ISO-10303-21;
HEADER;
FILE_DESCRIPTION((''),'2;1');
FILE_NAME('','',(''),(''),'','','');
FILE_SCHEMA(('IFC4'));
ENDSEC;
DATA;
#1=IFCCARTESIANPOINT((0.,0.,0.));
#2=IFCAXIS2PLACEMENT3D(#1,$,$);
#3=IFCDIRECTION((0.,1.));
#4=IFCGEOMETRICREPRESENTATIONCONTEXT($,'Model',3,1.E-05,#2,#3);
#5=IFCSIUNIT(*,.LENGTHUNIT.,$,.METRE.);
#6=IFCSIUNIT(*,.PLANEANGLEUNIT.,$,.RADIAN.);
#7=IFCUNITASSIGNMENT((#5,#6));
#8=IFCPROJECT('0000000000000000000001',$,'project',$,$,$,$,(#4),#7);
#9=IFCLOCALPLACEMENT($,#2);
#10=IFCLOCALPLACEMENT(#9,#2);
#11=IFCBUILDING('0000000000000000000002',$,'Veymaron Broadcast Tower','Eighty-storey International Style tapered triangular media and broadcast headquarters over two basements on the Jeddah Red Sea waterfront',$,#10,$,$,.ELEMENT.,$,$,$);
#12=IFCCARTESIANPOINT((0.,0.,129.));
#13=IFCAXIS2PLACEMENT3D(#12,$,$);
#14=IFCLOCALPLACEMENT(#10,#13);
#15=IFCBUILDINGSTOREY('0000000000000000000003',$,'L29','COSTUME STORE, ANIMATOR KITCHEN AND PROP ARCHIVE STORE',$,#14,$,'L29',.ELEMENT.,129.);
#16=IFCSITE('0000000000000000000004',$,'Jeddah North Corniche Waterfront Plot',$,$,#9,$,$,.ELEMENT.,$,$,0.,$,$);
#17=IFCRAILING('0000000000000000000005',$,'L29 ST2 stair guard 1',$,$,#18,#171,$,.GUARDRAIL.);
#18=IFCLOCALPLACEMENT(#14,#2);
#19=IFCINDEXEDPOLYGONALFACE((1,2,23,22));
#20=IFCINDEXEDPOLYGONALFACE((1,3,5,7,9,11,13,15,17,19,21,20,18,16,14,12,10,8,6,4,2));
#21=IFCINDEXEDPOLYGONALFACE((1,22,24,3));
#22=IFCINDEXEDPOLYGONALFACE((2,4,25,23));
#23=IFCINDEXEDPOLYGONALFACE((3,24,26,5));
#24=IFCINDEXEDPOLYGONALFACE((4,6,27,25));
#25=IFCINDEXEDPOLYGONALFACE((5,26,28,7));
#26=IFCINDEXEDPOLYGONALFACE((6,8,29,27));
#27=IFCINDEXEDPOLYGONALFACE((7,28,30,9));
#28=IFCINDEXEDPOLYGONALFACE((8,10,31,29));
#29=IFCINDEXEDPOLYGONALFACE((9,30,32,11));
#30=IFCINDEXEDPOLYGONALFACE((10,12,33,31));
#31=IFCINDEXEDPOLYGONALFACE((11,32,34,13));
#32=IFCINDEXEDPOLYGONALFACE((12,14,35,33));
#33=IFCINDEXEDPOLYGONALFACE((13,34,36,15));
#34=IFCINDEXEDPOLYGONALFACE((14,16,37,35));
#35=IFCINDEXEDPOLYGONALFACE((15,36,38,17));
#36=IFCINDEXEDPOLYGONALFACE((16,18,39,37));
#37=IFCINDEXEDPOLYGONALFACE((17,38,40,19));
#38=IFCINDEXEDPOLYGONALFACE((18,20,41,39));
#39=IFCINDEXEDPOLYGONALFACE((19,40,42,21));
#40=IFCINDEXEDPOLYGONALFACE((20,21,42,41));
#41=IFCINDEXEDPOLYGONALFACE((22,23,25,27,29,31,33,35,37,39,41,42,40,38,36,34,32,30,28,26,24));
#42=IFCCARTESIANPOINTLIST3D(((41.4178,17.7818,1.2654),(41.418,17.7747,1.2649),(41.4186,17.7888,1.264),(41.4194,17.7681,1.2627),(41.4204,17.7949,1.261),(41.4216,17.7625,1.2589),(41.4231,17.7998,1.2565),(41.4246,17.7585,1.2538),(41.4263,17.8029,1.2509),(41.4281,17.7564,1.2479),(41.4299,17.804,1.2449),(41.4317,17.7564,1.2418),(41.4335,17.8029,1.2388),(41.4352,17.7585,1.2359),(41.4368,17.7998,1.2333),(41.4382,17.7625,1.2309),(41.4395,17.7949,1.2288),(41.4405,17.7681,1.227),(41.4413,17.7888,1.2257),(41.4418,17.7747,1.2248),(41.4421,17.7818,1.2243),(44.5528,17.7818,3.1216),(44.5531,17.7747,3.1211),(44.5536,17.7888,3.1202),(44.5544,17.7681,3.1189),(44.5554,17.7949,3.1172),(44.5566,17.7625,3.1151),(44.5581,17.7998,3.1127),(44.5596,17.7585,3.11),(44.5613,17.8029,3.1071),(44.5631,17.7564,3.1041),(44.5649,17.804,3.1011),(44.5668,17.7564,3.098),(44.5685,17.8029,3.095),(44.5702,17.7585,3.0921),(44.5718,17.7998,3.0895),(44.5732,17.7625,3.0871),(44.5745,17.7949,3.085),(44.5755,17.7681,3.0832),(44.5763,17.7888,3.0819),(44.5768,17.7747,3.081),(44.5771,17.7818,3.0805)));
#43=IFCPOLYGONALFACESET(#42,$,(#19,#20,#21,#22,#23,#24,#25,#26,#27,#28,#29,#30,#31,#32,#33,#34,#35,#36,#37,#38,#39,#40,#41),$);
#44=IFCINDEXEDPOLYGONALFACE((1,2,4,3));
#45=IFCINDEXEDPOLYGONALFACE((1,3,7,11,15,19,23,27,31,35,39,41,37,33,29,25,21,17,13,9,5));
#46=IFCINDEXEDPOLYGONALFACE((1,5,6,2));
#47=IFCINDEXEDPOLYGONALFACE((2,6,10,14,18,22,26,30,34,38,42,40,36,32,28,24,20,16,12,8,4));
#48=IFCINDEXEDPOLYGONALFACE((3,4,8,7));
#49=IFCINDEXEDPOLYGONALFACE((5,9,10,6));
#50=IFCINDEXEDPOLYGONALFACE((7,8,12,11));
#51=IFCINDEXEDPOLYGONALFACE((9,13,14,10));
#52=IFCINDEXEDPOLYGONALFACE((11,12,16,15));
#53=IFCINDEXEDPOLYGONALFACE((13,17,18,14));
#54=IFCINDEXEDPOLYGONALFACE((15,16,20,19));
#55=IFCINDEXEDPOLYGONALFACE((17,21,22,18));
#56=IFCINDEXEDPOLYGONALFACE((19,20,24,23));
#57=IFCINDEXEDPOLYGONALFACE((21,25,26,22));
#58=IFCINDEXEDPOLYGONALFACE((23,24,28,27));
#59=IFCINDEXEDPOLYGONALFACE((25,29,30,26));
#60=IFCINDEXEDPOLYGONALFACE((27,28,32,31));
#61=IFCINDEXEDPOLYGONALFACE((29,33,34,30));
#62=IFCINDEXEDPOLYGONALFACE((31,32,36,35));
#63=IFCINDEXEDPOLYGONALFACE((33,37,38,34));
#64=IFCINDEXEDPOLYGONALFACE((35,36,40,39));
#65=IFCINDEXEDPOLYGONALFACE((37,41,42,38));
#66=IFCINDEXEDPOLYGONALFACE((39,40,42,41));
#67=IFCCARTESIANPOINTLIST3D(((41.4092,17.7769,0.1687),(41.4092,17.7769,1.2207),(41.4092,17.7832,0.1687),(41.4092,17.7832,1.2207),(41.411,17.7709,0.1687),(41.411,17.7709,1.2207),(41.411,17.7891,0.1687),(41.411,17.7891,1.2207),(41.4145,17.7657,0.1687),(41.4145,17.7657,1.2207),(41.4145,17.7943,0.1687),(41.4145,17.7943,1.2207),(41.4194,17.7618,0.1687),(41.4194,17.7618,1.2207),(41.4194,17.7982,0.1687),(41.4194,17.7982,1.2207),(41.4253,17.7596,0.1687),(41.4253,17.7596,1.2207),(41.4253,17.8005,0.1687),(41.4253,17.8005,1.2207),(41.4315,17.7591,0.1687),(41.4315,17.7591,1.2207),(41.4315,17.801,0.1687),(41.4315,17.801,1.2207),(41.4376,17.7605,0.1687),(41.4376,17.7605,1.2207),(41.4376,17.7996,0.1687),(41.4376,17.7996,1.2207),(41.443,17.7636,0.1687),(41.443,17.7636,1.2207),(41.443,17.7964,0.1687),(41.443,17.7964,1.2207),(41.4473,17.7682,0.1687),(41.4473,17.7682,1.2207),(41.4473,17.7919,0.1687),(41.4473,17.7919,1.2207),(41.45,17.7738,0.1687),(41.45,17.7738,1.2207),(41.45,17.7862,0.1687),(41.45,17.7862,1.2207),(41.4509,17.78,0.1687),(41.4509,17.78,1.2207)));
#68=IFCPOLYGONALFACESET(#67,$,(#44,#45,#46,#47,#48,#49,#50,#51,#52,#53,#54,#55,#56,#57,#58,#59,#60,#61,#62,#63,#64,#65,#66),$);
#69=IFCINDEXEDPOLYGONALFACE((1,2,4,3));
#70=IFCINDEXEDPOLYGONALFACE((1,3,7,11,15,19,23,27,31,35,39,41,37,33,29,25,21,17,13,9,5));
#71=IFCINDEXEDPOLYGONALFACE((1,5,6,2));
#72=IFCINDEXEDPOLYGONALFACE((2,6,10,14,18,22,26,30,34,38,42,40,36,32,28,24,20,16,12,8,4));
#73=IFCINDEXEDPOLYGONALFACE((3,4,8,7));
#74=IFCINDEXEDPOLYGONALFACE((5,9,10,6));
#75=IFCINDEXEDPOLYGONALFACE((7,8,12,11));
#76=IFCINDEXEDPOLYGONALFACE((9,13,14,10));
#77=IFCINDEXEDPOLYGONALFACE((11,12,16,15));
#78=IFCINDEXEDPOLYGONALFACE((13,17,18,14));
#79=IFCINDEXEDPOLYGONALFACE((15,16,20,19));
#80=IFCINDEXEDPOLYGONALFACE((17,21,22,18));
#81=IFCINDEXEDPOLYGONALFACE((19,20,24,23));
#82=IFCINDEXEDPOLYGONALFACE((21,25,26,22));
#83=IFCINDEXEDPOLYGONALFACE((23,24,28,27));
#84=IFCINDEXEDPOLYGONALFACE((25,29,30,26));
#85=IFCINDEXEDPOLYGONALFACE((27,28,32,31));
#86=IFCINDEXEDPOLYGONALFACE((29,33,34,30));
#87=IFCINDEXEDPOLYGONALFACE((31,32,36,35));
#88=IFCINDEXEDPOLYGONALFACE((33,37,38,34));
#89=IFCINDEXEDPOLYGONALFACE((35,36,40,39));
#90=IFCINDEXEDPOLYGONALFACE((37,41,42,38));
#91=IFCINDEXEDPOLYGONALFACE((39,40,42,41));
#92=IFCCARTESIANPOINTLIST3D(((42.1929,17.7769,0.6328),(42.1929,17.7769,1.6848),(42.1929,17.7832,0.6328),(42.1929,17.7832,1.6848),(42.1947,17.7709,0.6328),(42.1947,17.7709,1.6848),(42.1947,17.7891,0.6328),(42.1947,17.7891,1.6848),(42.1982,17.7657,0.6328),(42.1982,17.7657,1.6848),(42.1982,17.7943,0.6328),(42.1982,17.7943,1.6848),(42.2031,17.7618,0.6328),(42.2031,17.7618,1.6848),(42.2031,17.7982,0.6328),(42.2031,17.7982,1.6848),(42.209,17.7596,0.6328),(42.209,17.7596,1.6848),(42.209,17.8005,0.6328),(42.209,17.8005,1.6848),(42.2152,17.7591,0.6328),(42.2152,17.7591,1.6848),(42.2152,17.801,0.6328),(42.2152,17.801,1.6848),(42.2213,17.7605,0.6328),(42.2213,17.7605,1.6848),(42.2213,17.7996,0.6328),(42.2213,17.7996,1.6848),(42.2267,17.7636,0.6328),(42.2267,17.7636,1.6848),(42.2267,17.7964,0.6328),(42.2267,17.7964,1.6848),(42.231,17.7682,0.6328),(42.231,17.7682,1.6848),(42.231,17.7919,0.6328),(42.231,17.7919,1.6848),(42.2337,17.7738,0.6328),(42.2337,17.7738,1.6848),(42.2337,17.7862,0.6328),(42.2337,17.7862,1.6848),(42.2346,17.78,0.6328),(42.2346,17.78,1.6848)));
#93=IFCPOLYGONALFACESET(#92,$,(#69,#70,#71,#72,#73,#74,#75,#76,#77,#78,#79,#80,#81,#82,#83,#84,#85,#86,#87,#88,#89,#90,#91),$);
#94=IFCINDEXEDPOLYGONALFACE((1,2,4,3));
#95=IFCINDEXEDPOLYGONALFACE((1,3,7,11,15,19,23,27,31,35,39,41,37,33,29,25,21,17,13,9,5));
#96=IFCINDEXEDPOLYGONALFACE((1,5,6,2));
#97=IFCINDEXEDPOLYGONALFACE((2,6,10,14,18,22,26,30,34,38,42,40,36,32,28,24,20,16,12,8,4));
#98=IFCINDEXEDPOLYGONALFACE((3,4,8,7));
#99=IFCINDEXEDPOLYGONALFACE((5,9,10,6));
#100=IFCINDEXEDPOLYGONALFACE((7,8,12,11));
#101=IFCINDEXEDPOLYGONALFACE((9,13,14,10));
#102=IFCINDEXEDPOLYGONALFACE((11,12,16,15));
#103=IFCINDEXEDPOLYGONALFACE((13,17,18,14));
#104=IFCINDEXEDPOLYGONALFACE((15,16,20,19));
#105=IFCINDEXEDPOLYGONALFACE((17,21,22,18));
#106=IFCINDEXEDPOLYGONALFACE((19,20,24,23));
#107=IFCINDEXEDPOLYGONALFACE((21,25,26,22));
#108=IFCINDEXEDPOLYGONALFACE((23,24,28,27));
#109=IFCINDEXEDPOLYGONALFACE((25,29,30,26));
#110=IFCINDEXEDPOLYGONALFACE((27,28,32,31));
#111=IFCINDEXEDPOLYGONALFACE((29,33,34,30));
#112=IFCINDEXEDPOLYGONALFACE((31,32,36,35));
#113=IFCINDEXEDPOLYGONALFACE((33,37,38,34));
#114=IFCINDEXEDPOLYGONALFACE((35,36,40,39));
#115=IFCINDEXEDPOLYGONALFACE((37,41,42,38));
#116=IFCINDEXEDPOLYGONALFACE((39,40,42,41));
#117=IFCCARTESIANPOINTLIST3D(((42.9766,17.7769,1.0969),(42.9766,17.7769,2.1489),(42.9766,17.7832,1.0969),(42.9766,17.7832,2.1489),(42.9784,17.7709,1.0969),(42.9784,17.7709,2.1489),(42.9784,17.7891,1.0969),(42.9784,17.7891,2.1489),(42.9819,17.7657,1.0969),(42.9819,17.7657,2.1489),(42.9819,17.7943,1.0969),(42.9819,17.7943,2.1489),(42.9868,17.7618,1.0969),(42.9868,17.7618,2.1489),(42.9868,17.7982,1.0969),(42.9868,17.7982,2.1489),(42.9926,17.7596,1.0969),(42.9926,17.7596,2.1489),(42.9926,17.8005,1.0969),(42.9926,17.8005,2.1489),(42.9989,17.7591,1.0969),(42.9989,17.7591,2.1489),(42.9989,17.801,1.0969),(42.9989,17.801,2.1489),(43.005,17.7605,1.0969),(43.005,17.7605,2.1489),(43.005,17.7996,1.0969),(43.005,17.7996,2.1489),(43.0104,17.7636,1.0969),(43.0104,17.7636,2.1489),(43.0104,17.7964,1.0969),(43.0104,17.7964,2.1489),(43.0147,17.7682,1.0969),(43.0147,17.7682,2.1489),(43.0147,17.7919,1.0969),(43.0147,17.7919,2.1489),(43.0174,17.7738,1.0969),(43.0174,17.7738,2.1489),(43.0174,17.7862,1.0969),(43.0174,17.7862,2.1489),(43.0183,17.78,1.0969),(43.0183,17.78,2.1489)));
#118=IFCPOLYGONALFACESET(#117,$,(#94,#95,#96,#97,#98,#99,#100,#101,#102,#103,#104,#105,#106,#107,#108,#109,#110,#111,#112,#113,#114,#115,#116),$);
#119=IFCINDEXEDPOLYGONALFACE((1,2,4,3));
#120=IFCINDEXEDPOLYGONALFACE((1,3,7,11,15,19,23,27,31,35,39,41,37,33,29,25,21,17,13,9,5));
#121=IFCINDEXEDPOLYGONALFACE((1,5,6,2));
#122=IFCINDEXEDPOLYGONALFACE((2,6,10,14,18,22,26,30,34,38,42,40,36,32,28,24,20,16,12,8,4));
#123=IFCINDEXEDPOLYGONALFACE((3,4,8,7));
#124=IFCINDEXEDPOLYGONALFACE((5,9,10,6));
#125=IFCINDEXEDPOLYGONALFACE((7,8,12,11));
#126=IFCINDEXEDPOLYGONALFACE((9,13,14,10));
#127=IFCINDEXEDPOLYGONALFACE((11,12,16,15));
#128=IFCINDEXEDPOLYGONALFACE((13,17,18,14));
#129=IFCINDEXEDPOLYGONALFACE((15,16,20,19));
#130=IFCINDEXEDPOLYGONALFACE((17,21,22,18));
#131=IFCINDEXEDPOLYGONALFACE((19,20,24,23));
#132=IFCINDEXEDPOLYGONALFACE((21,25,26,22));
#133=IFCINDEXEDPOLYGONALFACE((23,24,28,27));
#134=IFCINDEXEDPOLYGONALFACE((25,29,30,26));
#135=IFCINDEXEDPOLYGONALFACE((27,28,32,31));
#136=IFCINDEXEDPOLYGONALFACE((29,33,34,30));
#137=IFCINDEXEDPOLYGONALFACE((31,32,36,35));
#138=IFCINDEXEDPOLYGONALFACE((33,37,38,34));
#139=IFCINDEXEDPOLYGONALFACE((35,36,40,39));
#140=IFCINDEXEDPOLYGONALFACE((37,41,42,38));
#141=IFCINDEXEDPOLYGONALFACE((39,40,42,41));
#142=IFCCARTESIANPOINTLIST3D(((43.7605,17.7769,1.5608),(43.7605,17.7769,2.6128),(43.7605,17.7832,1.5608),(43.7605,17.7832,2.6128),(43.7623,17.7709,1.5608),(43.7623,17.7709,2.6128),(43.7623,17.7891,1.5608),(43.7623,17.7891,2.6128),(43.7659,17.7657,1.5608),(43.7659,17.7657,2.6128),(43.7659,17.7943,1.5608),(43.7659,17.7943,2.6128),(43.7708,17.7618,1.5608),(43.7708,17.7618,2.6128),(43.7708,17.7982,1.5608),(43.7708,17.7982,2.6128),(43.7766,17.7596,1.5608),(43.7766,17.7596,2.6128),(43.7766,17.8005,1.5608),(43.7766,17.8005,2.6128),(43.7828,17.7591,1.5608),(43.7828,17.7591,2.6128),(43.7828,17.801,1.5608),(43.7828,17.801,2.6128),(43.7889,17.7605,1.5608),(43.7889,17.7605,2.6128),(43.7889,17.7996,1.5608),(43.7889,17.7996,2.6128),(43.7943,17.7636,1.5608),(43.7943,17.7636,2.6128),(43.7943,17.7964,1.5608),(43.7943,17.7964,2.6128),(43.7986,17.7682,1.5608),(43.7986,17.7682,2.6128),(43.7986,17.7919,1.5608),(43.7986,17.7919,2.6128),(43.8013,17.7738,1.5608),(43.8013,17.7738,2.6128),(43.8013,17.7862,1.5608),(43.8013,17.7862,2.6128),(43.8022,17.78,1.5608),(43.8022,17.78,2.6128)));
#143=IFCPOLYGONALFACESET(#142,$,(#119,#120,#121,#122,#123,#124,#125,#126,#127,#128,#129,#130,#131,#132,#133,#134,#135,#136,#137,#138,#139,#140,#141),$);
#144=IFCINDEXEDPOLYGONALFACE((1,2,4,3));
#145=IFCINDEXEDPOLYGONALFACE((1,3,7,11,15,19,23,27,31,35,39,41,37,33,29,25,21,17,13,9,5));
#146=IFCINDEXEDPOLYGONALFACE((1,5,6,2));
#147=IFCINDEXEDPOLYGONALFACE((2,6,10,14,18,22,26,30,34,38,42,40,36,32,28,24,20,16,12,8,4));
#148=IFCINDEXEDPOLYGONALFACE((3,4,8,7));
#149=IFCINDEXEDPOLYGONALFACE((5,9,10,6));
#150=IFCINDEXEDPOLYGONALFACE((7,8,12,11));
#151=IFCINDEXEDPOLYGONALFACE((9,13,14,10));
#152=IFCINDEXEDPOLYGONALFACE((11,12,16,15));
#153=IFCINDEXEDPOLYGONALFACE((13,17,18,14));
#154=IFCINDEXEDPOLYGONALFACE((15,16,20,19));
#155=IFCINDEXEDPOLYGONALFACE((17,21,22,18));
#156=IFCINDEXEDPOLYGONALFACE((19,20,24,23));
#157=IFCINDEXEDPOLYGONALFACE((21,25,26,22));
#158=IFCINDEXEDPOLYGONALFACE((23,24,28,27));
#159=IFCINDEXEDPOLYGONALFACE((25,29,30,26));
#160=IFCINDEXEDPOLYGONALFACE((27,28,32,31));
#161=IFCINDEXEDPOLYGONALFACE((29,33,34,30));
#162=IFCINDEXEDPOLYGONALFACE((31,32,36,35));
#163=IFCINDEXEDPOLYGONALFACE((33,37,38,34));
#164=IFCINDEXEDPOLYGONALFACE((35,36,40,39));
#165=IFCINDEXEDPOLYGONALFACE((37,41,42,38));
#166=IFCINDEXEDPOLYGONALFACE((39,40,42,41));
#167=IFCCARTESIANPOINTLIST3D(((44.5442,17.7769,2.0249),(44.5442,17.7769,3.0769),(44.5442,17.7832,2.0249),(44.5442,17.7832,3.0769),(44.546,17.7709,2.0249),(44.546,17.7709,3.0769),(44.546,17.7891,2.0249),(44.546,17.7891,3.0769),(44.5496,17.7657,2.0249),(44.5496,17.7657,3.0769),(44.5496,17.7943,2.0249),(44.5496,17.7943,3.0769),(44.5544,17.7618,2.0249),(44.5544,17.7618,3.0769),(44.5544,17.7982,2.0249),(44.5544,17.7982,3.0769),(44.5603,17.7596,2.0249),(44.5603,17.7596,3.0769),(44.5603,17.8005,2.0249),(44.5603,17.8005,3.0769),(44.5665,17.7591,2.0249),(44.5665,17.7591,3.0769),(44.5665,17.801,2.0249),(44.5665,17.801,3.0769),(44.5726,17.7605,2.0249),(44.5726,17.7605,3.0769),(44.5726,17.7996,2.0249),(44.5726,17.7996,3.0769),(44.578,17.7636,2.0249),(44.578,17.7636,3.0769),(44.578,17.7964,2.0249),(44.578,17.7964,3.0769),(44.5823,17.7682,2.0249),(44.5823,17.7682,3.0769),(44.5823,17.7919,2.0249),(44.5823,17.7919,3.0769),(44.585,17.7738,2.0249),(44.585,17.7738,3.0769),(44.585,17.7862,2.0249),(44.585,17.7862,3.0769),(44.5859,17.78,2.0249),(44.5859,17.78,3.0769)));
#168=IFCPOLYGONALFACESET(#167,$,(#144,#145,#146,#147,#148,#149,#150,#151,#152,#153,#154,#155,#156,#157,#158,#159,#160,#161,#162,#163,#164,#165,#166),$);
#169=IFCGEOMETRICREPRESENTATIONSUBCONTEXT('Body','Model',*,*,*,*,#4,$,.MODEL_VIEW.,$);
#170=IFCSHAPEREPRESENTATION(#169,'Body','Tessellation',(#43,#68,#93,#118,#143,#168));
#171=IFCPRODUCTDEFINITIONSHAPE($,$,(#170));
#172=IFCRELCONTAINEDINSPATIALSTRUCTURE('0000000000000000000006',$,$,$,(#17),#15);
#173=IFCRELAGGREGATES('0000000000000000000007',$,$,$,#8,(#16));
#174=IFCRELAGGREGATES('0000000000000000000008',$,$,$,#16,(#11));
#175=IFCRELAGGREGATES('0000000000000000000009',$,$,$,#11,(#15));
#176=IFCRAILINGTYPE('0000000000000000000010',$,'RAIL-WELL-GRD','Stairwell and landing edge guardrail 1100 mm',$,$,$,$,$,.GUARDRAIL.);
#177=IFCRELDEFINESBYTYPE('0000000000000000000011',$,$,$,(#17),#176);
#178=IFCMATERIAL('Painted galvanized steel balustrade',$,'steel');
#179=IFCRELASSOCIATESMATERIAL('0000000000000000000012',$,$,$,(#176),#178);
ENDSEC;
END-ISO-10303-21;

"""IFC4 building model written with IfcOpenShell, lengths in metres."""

from ifc_helpers import new_model, si_unit, direction, frame, origin, origin_2d, place, context, subcontext, project, spatial, circle, extrude, material, type_object, element, save


model = new_model("IFC4")

# Units and contexts
model_context = context("Model", 3, precision=1e-05, world=origin(), true_north=direction((0.0, 1.0)))
body_context = subcontext(model_context, "Body", "Model", "MODEL_VIEW")
ifc_project = project(units=[si_unit("LENGTHUNIT", "METRE"), si_unit("PLANEANGLEUNIT", "RADIAN")], contexts=[model_context])

# Site, building, storey
site_placement = place(None, origin())
site = spatial("IfcSite", under=ifc_project, at=site_placement, Name="Jeddah North Corniche Waterfront Plot", CompositionType="ELEMENT", RefElevation=0.0)
building_placement = place(site_placement, origin())
building = spatial("IfcBuilding", under=site, at=building_placement, Name="Veymaron Broadcast Tower", Description="Eighty-storey International Style tapered triangular media and broadcast headquarters over two basements on the Jeddah Red Sea waterfront", CompositionType="ELEMENT")
storey_placement = place(building_placement, frame((0.0, 0.0, 129.0)))
storey = spatial("IfcBuildingStorey", under=building, at=storey_placement, Name="L29", Description="COSTUME STORE, ANIMATOR KITCHEN AND PROP ARCHIVE STORE", LongName="L29", CompositionType="ELEMENT", Elevation=129.0)

# Railing
ifc_material_1 = material(Name="Painted galvanized steel balustrade", Category="steel")
railing_type_1 = type_object("IfcRailingType", Name="RAIL-WELL-GRD", Description="Stairwell and landing edge guardrail 1100 mm", PredefinedType="GUARDRAIL", material=ifc_material_1)
railing_1_placement = place(storey_placement, frame((41.4299, 17.78, 0.1687)))
element("IfcRailing", 1, at=railing_1_placement, inside=storey, type_object=railing_type_1, Name="L29 ST2 stair guard 1", PredefinedType="GUARDRAIL", context=body_context, shape_type="SweptSolid", body=[
    extrude(circle(Radius=0.0239, at=origin_2d()), frame((0.0, 0.0, 1.0762), z_axis=(0.860482, 0.0, 0.509481), x_axis=(0.0, 1.0, 0.0)), (0.0, 0.0, 1.0), 3.6433),
    extrude(circle(Radius=0.021, at=origin_2d()), origin(), (0.0, 0.0, 1.0), 1.052),
    extrude(circle(Radius=0.021, at=origin_2d()), frame((0.7837, 0.0, 0.4641)), (0.0, 0.0, 1.0), 1.052),
    extrude(circle(Radius=0.021, at=origin_2d()), frame((1.5674, 0.0, 0.9282)), (0.0, 0.0, 1.0), 1.052),
    extrude(circle(Radius=0.021, at=origin_2d()), frame((2.3513, 0.0, 1.3921)), (0.0, 0.0, 1.0), 1.052),
    extrude(circle(Radius=0.021, at=origin_2d()), frame((3.135, 0.0, 1.8562)), (0.0, 0.0, 1.0), 1.052),
])

save(model, "model.ifc")
